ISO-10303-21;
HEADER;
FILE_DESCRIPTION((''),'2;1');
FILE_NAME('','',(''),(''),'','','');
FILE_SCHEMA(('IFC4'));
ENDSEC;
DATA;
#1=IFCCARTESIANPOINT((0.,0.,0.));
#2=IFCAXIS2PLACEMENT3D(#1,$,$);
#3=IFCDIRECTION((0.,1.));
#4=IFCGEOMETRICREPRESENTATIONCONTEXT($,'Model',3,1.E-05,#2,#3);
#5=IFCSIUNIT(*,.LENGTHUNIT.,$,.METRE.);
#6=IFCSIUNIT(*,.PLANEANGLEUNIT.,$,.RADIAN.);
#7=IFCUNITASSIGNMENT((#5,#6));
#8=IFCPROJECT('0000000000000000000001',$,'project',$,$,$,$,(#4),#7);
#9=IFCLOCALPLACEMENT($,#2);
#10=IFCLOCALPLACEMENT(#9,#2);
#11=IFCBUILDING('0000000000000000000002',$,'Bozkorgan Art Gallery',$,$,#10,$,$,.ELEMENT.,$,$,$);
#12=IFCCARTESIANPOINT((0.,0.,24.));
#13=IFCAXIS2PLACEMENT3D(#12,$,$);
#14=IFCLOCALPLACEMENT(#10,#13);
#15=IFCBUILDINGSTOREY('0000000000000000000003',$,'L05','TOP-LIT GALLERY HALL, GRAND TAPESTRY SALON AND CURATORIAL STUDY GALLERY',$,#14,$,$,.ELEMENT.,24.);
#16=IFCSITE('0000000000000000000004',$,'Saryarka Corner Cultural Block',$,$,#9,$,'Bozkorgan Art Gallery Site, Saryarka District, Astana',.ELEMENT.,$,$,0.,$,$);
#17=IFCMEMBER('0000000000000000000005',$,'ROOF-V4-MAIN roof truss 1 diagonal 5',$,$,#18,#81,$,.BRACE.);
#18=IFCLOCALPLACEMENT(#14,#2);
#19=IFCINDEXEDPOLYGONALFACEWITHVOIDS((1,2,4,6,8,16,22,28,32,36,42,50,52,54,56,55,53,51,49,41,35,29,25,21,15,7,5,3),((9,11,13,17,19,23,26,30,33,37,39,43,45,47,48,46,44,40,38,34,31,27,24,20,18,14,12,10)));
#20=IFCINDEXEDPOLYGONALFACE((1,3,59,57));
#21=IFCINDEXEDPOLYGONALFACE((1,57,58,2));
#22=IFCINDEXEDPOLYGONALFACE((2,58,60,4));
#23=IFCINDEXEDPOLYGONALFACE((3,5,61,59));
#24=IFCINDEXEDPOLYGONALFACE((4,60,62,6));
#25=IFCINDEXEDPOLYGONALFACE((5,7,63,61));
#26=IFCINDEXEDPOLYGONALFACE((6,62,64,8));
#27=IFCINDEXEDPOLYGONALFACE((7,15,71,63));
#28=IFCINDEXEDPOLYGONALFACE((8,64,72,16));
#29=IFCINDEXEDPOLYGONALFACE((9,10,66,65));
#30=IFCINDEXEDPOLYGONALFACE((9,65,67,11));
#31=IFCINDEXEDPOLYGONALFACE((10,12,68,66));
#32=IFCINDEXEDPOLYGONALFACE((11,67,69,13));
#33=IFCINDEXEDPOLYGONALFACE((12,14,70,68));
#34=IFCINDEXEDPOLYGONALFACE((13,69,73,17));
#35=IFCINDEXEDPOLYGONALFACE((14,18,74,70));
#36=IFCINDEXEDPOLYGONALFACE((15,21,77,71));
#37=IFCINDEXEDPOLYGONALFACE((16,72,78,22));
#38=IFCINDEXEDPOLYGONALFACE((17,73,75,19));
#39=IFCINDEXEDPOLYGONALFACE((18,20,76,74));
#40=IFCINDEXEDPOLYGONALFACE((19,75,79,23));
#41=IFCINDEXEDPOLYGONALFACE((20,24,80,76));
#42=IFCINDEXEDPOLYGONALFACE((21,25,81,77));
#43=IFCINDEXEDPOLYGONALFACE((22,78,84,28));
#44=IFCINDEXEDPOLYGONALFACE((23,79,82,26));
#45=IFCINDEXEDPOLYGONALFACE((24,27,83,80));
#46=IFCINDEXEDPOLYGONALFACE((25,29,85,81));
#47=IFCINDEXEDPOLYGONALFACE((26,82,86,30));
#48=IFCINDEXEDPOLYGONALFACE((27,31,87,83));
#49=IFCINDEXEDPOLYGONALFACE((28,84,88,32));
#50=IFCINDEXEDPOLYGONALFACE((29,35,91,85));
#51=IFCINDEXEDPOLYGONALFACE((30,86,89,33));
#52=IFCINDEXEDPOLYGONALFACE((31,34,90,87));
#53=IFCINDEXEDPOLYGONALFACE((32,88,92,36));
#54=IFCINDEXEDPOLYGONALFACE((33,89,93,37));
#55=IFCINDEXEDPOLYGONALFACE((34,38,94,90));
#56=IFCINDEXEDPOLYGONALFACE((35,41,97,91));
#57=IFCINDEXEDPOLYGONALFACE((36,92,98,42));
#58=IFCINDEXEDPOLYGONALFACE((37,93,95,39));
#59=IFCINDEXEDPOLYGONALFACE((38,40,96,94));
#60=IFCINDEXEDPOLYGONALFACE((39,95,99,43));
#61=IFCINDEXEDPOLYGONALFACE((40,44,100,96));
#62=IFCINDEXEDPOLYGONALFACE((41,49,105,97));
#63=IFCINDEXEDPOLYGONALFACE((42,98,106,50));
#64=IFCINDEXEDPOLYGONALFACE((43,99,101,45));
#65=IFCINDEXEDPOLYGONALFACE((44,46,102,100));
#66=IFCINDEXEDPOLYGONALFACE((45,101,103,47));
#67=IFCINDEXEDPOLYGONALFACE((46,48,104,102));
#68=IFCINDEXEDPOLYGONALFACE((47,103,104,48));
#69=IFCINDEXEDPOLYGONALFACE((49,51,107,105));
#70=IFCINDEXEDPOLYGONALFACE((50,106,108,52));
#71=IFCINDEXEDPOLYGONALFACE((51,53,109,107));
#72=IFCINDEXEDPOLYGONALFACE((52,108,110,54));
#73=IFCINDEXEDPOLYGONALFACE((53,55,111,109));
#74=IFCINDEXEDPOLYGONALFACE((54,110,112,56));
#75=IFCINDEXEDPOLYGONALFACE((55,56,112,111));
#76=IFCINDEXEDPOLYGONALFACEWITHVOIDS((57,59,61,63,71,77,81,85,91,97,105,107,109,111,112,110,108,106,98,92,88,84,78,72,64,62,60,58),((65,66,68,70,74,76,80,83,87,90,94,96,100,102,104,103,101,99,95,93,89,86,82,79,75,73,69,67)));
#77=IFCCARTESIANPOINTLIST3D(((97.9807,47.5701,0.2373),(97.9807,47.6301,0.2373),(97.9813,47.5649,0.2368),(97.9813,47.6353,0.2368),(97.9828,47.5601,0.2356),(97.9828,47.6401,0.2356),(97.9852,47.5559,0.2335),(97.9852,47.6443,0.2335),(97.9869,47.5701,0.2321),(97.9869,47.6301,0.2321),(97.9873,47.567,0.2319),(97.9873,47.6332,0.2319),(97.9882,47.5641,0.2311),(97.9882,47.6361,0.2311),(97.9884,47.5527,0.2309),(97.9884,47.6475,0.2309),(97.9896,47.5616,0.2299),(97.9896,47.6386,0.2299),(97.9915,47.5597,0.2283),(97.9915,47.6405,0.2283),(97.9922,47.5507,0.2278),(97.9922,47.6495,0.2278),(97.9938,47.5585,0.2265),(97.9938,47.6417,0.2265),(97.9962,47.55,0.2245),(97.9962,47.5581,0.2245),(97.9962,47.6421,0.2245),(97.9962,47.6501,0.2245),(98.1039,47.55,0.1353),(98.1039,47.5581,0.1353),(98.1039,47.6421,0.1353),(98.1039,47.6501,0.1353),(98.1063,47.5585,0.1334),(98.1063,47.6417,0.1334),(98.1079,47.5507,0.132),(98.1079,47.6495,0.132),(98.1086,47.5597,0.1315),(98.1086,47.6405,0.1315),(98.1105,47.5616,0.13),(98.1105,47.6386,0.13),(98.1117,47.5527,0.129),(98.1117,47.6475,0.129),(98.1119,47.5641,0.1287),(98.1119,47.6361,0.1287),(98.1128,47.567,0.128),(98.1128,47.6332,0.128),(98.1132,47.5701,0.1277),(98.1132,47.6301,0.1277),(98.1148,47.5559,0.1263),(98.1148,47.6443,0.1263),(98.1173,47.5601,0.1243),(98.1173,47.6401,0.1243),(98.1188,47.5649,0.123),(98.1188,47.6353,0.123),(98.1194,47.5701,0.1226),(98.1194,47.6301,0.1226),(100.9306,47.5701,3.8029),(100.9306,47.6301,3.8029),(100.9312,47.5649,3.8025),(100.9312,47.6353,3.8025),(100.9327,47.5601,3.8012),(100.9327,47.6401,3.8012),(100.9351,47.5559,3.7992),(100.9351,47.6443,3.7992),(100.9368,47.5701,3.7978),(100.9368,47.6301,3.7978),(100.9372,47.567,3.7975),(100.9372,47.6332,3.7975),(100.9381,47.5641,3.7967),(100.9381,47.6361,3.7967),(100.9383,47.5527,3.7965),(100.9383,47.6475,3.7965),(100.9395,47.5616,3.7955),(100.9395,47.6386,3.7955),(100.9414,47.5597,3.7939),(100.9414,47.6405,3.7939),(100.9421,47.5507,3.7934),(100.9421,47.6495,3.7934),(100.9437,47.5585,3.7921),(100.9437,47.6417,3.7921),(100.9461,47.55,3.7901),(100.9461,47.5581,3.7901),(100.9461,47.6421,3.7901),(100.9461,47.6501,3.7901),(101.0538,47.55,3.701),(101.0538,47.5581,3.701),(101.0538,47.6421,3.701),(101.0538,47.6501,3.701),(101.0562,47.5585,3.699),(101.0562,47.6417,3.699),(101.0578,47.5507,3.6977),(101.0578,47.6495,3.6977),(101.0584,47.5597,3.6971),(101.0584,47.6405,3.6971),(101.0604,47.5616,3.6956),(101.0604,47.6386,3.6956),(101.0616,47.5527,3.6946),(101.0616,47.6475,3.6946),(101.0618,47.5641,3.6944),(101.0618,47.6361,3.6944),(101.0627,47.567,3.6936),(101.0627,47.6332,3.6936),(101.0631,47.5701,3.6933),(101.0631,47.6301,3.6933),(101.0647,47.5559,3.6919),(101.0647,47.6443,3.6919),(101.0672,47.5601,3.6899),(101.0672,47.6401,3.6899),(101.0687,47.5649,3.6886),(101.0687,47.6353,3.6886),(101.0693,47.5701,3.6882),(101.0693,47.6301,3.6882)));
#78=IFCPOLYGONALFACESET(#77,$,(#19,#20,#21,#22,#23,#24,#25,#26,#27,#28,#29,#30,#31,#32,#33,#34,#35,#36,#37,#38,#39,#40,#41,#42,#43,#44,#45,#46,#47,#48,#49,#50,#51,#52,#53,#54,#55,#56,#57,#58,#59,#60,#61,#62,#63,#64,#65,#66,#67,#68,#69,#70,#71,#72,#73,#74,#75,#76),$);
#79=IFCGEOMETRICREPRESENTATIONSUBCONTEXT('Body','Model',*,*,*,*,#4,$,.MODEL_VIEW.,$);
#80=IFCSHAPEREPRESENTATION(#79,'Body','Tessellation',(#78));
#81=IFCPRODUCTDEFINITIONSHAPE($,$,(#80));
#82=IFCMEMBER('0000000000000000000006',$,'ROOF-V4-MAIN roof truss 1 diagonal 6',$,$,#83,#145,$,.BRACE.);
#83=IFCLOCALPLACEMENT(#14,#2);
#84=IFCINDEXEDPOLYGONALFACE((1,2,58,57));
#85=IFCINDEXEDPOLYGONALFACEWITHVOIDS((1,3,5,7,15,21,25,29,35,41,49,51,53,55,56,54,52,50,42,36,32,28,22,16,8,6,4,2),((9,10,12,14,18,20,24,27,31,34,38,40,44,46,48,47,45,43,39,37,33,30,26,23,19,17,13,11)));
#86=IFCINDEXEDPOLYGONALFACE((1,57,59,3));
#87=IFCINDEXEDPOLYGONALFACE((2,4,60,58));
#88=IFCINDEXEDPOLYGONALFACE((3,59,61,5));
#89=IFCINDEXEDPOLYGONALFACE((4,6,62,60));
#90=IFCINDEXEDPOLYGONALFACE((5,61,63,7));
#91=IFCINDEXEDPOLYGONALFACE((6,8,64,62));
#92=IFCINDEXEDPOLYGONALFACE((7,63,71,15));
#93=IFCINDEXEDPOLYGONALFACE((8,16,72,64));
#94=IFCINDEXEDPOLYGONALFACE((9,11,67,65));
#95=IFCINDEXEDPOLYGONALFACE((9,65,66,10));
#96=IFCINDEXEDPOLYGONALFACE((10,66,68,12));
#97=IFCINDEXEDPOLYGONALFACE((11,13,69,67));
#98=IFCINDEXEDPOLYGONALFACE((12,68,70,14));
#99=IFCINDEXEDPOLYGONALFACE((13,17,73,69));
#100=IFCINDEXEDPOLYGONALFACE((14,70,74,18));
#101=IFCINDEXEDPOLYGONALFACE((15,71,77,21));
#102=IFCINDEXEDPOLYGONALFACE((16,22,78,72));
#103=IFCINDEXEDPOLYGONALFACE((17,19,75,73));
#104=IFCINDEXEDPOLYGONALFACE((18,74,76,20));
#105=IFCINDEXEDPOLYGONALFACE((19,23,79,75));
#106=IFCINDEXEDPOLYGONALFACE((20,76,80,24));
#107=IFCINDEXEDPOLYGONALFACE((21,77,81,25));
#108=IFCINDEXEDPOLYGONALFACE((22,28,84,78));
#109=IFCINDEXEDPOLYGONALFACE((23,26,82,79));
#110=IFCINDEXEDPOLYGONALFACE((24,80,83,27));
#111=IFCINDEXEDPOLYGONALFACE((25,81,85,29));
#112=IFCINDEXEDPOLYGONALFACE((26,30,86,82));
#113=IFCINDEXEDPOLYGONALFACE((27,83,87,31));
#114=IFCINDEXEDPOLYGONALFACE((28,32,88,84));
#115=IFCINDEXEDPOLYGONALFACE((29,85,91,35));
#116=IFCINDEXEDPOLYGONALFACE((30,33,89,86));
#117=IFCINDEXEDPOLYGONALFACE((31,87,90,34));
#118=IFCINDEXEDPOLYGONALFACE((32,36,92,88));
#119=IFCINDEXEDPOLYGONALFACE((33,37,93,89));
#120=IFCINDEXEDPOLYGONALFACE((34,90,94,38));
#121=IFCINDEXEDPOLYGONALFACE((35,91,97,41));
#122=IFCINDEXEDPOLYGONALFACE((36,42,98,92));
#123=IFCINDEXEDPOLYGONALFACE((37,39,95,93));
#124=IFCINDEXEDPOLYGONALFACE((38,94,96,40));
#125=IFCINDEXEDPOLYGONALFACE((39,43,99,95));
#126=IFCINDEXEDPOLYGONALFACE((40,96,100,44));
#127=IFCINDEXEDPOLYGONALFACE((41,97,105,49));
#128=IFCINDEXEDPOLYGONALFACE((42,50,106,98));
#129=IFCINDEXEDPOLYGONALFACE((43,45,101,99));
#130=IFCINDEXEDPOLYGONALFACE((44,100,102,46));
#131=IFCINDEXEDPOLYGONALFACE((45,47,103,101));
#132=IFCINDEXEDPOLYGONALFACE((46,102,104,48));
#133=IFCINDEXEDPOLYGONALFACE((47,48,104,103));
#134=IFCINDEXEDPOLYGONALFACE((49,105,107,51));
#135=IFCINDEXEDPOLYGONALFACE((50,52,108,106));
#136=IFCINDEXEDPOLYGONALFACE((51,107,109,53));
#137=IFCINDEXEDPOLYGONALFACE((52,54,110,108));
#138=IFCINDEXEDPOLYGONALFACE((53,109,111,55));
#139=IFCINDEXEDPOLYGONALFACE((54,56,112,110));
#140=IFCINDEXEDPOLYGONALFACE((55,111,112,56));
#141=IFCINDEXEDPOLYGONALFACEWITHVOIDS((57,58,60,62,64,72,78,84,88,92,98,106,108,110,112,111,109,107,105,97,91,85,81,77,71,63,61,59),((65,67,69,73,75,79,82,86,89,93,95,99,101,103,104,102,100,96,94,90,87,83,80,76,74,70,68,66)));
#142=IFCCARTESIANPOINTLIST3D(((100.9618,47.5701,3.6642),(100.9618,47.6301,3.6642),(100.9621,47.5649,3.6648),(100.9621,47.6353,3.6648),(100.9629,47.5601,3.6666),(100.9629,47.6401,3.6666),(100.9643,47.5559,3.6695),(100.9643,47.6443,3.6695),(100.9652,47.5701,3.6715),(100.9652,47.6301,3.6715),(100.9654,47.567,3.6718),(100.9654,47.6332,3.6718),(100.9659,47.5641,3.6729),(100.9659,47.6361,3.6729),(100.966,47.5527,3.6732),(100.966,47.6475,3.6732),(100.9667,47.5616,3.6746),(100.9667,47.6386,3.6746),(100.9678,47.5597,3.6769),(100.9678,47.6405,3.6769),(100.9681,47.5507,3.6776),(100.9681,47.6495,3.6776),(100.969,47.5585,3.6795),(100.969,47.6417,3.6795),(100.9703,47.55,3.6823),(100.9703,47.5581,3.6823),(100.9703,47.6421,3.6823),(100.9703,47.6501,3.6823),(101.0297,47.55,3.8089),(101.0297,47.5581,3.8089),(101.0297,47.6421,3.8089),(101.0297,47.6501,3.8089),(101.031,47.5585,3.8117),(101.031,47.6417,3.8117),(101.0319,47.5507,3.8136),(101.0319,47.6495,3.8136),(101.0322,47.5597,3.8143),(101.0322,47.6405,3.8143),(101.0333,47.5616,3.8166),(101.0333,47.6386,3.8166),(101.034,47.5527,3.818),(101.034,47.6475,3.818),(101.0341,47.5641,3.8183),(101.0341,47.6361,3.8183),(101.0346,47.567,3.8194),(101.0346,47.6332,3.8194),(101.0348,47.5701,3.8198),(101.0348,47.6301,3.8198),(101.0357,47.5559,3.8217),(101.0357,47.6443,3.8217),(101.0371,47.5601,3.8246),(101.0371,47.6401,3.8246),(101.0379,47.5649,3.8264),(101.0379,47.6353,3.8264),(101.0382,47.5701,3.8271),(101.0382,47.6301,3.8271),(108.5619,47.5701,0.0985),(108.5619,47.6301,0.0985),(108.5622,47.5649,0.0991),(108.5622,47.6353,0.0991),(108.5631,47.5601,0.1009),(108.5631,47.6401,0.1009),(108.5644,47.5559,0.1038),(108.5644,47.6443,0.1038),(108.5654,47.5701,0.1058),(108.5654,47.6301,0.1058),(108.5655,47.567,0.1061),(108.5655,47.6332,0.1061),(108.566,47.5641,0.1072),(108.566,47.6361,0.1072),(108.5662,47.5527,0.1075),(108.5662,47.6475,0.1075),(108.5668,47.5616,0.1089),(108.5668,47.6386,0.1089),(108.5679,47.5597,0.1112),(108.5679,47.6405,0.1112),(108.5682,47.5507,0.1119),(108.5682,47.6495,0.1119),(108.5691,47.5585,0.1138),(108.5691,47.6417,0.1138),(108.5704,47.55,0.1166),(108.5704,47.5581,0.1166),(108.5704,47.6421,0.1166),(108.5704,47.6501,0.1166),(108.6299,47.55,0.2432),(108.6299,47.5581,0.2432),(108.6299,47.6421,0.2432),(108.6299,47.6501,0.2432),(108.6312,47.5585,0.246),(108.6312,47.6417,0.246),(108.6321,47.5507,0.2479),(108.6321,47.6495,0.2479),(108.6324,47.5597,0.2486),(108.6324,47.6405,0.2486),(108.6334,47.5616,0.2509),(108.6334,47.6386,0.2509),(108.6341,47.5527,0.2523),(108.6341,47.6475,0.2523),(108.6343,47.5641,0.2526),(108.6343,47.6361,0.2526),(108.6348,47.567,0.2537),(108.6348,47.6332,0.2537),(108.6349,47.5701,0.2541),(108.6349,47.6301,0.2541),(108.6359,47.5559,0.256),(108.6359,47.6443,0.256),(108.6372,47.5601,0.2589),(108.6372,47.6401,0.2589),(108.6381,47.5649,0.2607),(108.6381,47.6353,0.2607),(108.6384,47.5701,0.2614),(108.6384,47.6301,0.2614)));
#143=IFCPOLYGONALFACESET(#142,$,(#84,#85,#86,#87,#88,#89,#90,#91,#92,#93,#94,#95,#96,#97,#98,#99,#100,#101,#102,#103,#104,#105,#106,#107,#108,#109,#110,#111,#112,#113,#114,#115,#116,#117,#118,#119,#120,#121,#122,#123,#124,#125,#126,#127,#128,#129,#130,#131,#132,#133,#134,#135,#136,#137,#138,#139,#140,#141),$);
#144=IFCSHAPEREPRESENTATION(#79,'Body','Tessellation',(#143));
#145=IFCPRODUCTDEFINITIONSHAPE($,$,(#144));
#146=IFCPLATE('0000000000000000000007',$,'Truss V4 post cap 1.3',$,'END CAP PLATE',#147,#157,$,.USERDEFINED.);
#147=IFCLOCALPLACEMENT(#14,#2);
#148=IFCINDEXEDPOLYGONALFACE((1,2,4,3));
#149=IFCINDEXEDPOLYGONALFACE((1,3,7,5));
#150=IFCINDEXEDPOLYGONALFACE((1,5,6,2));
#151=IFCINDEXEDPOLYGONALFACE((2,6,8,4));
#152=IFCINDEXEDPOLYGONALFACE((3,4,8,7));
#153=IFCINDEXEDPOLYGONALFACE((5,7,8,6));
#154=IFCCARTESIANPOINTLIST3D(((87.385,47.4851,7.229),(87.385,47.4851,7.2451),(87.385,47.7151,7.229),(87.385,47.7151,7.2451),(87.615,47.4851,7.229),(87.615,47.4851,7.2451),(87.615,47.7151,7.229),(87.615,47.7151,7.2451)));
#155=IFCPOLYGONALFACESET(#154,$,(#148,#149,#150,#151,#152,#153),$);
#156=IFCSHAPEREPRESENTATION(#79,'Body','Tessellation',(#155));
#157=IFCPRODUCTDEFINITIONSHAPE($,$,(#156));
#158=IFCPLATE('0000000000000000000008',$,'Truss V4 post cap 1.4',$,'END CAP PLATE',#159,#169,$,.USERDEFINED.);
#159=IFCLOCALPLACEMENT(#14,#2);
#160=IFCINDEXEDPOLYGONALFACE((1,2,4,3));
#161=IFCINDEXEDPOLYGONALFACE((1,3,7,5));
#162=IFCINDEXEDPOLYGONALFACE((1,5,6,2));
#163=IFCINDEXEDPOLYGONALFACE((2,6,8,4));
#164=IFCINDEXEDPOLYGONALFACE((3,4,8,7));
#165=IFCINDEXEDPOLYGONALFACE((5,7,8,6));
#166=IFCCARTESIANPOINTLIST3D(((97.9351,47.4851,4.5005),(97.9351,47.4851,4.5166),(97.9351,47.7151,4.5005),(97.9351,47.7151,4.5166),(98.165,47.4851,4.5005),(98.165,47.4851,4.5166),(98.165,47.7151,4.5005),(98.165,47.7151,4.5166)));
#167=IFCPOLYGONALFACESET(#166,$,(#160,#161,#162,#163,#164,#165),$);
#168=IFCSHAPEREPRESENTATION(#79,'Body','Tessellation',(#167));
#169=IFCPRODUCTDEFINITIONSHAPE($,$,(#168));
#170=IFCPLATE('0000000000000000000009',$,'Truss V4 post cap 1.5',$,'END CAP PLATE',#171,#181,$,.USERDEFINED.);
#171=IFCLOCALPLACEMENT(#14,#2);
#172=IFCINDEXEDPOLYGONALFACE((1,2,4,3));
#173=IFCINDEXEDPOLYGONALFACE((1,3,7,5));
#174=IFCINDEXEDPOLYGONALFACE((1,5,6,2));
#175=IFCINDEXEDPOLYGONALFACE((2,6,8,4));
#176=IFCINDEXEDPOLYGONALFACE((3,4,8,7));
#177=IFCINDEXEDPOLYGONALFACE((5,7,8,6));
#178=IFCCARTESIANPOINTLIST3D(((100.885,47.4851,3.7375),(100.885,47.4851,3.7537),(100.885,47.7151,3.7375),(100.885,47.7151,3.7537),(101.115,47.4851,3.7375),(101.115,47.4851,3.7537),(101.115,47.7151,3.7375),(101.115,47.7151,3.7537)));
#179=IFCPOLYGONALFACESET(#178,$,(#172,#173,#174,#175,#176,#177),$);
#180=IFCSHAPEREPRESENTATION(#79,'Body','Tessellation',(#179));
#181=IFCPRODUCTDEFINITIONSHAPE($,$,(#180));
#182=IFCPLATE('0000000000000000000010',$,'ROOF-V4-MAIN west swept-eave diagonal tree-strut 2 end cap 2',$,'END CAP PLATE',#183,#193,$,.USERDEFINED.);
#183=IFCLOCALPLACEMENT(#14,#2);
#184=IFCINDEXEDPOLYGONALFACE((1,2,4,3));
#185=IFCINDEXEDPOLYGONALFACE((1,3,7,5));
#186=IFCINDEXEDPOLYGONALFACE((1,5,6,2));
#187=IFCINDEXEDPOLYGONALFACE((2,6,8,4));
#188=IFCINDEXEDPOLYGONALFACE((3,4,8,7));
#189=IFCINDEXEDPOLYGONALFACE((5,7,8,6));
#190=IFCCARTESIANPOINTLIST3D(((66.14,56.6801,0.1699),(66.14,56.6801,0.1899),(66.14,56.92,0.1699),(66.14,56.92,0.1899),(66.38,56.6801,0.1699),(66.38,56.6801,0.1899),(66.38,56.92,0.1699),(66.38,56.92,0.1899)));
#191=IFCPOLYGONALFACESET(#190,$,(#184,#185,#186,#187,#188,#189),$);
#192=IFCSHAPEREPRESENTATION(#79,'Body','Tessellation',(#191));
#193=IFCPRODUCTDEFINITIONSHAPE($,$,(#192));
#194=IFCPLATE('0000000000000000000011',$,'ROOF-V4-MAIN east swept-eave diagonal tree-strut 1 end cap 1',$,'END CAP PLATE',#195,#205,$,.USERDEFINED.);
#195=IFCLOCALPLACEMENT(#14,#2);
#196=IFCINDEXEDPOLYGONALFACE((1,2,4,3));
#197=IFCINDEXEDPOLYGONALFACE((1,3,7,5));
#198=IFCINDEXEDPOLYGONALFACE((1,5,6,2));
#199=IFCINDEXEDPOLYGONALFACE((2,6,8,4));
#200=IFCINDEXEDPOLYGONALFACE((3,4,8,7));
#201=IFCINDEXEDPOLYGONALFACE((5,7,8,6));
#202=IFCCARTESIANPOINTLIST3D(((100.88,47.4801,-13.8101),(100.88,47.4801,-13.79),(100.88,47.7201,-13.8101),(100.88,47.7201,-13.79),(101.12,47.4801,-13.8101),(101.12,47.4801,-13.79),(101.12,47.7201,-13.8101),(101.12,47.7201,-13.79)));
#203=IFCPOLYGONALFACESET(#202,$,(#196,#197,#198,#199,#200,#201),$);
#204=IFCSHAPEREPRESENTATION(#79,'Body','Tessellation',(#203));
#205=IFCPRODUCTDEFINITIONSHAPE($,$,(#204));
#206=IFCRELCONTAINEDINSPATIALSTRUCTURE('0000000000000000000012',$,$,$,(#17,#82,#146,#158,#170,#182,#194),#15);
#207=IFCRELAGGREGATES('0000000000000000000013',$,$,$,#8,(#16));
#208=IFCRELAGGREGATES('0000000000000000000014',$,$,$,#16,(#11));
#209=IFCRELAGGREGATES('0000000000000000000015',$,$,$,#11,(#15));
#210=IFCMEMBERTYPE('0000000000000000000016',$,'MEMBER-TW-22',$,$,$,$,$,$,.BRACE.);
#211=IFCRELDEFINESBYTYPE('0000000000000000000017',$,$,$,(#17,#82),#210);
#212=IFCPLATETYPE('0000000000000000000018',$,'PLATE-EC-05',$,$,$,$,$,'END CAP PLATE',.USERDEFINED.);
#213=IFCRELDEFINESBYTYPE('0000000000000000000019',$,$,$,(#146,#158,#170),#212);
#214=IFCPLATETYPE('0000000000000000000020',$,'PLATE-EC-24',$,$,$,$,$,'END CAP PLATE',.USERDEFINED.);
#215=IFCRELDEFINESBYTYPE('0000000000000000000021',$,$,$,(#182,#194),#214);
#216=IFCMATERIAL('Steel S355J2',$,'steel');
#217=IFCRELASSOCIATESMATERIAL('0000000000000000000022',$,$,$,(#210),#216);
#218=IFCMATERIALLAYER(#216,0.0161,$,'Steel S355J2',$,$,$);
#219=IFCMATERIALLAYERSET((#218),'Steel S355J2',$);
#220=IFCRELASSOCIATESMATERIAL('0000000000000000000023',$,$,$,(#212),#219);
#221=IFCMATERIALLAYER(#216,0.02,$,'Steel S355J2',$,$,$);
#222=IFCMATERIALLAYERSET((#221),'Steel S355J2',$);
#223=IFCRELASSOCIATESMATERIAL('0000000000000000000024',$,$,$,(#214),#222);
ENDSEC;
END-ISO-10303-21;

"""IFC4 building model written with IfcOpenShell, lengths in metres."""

from ifc_helpers import new_model, si_unit, direction, frame, origin, origin_2d, place, context, subcontext, project, spatial, rectangle, hollow_rectangle, extrude, material, layer, layer_set, material_profile, profile_set, type_object, element, save


model = new_model("IFC4")

# Units and contexts
model_context = context("Model", 3, precision=1e-05, world=origin(), true_north=direction((0.0, 1.0)))
body_context = subcontext(model_context, "Body", "Model", "MODEL_VIEW")
ifc_project = project(units=[si_unit("LENGTHUNIT", "METRE"), si_unit("PLANEANGLEUNIT", "RADIAN")], contexts=[model_context])

# Site, building, storey
site_placement = place(None, origin())
site = spatial("IfcSite", under=ifc_project, at=site_placement, Name="Saryarka Corner Cultural Block", LongName="Bozkorgan Art Gallery Site, Saryarka District, Astana", CompositionType="ELEMENT", RefElevation=0.0)
building_placement = place(site_placement, origin())
building = spatial("IfcBuilding", under=site, at=building_placement, Name="Bozkorgan Art Gallery", CompositionType="ELEMENT")
storey_placement = place(building_placement, frame((0.0, 0.0, 24.0)))
storey = spatial("IfcBuildingStorey", under=building, at=storey_placement, Name="L05", Description="TOP-LIT GALLERY HALL, GRAND TAPESTRY SALON AND CURATORIAL STUDY GALLERY", CompositionType="ELEMENT", Elevation=24.0)

# Members
ifc_material_1 = material(Name="Steel S355J2", Category="steel")
ifc_material_profile_1 = material_profile(ifc_material_1, hollow_rectangle(XDim=0.1001, YDim=0.1799, WallThickness=0.0081, InnerFilletRadius=0.012, OuterFilletRadius=0.02, at=origin_2d()), Name="RHS 180x100x8")
ifc_profile_set_1 = profile_set([ifc_material_profile_1], Name="Steel S355J2")
member_type_1 = type_object("IfcMemberType", Name="MEMBER-TW-22", PredefinedType="BRACE", material=ifc_profile_set_1)
member_1_placement = place(storey_placement, frame((98.05, 47.6001, 0.1799), z_axis=(0.637446, 0.0, 0.770495), x_axis=(0.0, 1.0, 0.0)))
element("IfcMember", 1, at=member_1_placement, inside=storey, type_object=member_type_1, Name="ROOF-V4-MAIN roof truss 1 diagonal 5", PredefinedType="BRACE", context=body_context, shape_type="SweptSolid", body=[
    extrude(hollow_rectangle(XDim=0.1001, YDim=0.1799, WallThickness=0.0081, InnerFilletRadius=0.012, OuterFilletRadius=0.02, at=origin_2d()), origin(), (0.0, 0.0, 1.0), 4.6277),
])
member_2_placement = place(storey_placement, frame((101.0, 47.6001, 3.7456), z_axis=(0.905316, 0.0, -0.424739), x_axis=(0.0, 1.0, 0.0)))
element("IfcMember", 2, at=member_2_placement, inside=storey, type_object=member_type_1, Name="ROOF-V4-MAIN roof truss 1 diagonal 6", PredefinedType="BRACE", context=body_context, shape_type="SweptSolid", body=[
    extrude(hollow_rectangle(XDim=0.1001, YDim=0.1799, WallThickness=0.0081, InnerFilletRadius=0.012, OuterFilletRadius=0.02, at=origin_2d()), origin(), (0.0, 0.0, 1.0), 8.395),
])

# Plates
ifc_layer_1 = layer(ifc_material_1, 0.0161, Name="Steel S355J2")
ifc_layer_set_1 = layer_set([ifc_layer_1], Name="Steel S355J2")
plate_type_1 = type_object("IfcPlateType", Name="PLATE-EC-05", ElementType="END CAP PLATE", PredefinedType="USERDEFINED", material=ifc_layer_set_1)
for number, where, z_axis, x_axis, name in (
    (3, (87.5, 47.6001, 7.229), (0.0, 0.0, 1.0), (1.0, 0.0, 0.0), "Truss V4 post cap 1.3"),
    (4, (98.05, 47.6001, 4.5005), (0.0, 0.0, 1.0), (1.0, 0.0, 0.0), "Truss V4 post cap 1.4"),
    (5, (101.0, 47.6001, 3.7375), (0.0, 0.0, 1.0), (1.0, 0.0, 0.0), "Truss V4 post cap 1.5"),
):
    element("IfcPlate", number, at=place(storey_placement, frame(where, z_axis=z_axis, x_axis=x_axis)), inside=storey, type_object=plate_type_1, Name=name, ObjectType="END CAP PLATE", PredefinedType="USERDEFINED", context=body_context, shape_type="SweptSolid", body=[
        extrude(rectangle(XDim=0.23, YDim=0.23, at=origin_2d()), origin(), (0.0, 0.0, 1.0), 0.0161),
    ])
ifc_layer_2 = layer(ifc_material_1, 0.02, Name="Steel S355J2")
ifc_layer_set_2 = layer_set([ifc_layer_2], Name="Steel S355J2")
plate_type_2 = type_object("IfcPlateType", Name="PLATE-EC-24", ElementType="END CAP PLATE", PredefinedType="USERDEFINED", material=ifc_layer_set_2)
for number, where, z_axis, x_axis, name in (
    (6, (66.26, 56.8, 0.1699), (0.0, 0.0, 1.0), (1.0, 0.0, 0.0), "ROOF-V4-MAIN west swept-eave diagonal tree-strut 2 end cap 2"),
    (7, (101.0, 47.6001, -13.8101), (0.0, 0.0, 1.0), (1.0, 0.0, 0.0), "ROOF-V4-MAIN east swept-eave diagonal tree-strut 1 end cap 1"),
):
    element("IfcPlate", number, at=place(storey_placement, frame(where, z_axis=z_axis, x_axis=x_axis)), inside=storey, type_object=plate_type_2, Name=name, ObjectType="END CAP PLATE", PredefinedType="USERDEFINED", context=body_context, shape_type="SweptSolid", body=[
        extrude(rectangle(XDim=0.24, YDim=0.24, at=origin_2d()), origin(), (0.0, 0.0, 1.0), 0.02),
    ])

save(model, "model.ifc")
